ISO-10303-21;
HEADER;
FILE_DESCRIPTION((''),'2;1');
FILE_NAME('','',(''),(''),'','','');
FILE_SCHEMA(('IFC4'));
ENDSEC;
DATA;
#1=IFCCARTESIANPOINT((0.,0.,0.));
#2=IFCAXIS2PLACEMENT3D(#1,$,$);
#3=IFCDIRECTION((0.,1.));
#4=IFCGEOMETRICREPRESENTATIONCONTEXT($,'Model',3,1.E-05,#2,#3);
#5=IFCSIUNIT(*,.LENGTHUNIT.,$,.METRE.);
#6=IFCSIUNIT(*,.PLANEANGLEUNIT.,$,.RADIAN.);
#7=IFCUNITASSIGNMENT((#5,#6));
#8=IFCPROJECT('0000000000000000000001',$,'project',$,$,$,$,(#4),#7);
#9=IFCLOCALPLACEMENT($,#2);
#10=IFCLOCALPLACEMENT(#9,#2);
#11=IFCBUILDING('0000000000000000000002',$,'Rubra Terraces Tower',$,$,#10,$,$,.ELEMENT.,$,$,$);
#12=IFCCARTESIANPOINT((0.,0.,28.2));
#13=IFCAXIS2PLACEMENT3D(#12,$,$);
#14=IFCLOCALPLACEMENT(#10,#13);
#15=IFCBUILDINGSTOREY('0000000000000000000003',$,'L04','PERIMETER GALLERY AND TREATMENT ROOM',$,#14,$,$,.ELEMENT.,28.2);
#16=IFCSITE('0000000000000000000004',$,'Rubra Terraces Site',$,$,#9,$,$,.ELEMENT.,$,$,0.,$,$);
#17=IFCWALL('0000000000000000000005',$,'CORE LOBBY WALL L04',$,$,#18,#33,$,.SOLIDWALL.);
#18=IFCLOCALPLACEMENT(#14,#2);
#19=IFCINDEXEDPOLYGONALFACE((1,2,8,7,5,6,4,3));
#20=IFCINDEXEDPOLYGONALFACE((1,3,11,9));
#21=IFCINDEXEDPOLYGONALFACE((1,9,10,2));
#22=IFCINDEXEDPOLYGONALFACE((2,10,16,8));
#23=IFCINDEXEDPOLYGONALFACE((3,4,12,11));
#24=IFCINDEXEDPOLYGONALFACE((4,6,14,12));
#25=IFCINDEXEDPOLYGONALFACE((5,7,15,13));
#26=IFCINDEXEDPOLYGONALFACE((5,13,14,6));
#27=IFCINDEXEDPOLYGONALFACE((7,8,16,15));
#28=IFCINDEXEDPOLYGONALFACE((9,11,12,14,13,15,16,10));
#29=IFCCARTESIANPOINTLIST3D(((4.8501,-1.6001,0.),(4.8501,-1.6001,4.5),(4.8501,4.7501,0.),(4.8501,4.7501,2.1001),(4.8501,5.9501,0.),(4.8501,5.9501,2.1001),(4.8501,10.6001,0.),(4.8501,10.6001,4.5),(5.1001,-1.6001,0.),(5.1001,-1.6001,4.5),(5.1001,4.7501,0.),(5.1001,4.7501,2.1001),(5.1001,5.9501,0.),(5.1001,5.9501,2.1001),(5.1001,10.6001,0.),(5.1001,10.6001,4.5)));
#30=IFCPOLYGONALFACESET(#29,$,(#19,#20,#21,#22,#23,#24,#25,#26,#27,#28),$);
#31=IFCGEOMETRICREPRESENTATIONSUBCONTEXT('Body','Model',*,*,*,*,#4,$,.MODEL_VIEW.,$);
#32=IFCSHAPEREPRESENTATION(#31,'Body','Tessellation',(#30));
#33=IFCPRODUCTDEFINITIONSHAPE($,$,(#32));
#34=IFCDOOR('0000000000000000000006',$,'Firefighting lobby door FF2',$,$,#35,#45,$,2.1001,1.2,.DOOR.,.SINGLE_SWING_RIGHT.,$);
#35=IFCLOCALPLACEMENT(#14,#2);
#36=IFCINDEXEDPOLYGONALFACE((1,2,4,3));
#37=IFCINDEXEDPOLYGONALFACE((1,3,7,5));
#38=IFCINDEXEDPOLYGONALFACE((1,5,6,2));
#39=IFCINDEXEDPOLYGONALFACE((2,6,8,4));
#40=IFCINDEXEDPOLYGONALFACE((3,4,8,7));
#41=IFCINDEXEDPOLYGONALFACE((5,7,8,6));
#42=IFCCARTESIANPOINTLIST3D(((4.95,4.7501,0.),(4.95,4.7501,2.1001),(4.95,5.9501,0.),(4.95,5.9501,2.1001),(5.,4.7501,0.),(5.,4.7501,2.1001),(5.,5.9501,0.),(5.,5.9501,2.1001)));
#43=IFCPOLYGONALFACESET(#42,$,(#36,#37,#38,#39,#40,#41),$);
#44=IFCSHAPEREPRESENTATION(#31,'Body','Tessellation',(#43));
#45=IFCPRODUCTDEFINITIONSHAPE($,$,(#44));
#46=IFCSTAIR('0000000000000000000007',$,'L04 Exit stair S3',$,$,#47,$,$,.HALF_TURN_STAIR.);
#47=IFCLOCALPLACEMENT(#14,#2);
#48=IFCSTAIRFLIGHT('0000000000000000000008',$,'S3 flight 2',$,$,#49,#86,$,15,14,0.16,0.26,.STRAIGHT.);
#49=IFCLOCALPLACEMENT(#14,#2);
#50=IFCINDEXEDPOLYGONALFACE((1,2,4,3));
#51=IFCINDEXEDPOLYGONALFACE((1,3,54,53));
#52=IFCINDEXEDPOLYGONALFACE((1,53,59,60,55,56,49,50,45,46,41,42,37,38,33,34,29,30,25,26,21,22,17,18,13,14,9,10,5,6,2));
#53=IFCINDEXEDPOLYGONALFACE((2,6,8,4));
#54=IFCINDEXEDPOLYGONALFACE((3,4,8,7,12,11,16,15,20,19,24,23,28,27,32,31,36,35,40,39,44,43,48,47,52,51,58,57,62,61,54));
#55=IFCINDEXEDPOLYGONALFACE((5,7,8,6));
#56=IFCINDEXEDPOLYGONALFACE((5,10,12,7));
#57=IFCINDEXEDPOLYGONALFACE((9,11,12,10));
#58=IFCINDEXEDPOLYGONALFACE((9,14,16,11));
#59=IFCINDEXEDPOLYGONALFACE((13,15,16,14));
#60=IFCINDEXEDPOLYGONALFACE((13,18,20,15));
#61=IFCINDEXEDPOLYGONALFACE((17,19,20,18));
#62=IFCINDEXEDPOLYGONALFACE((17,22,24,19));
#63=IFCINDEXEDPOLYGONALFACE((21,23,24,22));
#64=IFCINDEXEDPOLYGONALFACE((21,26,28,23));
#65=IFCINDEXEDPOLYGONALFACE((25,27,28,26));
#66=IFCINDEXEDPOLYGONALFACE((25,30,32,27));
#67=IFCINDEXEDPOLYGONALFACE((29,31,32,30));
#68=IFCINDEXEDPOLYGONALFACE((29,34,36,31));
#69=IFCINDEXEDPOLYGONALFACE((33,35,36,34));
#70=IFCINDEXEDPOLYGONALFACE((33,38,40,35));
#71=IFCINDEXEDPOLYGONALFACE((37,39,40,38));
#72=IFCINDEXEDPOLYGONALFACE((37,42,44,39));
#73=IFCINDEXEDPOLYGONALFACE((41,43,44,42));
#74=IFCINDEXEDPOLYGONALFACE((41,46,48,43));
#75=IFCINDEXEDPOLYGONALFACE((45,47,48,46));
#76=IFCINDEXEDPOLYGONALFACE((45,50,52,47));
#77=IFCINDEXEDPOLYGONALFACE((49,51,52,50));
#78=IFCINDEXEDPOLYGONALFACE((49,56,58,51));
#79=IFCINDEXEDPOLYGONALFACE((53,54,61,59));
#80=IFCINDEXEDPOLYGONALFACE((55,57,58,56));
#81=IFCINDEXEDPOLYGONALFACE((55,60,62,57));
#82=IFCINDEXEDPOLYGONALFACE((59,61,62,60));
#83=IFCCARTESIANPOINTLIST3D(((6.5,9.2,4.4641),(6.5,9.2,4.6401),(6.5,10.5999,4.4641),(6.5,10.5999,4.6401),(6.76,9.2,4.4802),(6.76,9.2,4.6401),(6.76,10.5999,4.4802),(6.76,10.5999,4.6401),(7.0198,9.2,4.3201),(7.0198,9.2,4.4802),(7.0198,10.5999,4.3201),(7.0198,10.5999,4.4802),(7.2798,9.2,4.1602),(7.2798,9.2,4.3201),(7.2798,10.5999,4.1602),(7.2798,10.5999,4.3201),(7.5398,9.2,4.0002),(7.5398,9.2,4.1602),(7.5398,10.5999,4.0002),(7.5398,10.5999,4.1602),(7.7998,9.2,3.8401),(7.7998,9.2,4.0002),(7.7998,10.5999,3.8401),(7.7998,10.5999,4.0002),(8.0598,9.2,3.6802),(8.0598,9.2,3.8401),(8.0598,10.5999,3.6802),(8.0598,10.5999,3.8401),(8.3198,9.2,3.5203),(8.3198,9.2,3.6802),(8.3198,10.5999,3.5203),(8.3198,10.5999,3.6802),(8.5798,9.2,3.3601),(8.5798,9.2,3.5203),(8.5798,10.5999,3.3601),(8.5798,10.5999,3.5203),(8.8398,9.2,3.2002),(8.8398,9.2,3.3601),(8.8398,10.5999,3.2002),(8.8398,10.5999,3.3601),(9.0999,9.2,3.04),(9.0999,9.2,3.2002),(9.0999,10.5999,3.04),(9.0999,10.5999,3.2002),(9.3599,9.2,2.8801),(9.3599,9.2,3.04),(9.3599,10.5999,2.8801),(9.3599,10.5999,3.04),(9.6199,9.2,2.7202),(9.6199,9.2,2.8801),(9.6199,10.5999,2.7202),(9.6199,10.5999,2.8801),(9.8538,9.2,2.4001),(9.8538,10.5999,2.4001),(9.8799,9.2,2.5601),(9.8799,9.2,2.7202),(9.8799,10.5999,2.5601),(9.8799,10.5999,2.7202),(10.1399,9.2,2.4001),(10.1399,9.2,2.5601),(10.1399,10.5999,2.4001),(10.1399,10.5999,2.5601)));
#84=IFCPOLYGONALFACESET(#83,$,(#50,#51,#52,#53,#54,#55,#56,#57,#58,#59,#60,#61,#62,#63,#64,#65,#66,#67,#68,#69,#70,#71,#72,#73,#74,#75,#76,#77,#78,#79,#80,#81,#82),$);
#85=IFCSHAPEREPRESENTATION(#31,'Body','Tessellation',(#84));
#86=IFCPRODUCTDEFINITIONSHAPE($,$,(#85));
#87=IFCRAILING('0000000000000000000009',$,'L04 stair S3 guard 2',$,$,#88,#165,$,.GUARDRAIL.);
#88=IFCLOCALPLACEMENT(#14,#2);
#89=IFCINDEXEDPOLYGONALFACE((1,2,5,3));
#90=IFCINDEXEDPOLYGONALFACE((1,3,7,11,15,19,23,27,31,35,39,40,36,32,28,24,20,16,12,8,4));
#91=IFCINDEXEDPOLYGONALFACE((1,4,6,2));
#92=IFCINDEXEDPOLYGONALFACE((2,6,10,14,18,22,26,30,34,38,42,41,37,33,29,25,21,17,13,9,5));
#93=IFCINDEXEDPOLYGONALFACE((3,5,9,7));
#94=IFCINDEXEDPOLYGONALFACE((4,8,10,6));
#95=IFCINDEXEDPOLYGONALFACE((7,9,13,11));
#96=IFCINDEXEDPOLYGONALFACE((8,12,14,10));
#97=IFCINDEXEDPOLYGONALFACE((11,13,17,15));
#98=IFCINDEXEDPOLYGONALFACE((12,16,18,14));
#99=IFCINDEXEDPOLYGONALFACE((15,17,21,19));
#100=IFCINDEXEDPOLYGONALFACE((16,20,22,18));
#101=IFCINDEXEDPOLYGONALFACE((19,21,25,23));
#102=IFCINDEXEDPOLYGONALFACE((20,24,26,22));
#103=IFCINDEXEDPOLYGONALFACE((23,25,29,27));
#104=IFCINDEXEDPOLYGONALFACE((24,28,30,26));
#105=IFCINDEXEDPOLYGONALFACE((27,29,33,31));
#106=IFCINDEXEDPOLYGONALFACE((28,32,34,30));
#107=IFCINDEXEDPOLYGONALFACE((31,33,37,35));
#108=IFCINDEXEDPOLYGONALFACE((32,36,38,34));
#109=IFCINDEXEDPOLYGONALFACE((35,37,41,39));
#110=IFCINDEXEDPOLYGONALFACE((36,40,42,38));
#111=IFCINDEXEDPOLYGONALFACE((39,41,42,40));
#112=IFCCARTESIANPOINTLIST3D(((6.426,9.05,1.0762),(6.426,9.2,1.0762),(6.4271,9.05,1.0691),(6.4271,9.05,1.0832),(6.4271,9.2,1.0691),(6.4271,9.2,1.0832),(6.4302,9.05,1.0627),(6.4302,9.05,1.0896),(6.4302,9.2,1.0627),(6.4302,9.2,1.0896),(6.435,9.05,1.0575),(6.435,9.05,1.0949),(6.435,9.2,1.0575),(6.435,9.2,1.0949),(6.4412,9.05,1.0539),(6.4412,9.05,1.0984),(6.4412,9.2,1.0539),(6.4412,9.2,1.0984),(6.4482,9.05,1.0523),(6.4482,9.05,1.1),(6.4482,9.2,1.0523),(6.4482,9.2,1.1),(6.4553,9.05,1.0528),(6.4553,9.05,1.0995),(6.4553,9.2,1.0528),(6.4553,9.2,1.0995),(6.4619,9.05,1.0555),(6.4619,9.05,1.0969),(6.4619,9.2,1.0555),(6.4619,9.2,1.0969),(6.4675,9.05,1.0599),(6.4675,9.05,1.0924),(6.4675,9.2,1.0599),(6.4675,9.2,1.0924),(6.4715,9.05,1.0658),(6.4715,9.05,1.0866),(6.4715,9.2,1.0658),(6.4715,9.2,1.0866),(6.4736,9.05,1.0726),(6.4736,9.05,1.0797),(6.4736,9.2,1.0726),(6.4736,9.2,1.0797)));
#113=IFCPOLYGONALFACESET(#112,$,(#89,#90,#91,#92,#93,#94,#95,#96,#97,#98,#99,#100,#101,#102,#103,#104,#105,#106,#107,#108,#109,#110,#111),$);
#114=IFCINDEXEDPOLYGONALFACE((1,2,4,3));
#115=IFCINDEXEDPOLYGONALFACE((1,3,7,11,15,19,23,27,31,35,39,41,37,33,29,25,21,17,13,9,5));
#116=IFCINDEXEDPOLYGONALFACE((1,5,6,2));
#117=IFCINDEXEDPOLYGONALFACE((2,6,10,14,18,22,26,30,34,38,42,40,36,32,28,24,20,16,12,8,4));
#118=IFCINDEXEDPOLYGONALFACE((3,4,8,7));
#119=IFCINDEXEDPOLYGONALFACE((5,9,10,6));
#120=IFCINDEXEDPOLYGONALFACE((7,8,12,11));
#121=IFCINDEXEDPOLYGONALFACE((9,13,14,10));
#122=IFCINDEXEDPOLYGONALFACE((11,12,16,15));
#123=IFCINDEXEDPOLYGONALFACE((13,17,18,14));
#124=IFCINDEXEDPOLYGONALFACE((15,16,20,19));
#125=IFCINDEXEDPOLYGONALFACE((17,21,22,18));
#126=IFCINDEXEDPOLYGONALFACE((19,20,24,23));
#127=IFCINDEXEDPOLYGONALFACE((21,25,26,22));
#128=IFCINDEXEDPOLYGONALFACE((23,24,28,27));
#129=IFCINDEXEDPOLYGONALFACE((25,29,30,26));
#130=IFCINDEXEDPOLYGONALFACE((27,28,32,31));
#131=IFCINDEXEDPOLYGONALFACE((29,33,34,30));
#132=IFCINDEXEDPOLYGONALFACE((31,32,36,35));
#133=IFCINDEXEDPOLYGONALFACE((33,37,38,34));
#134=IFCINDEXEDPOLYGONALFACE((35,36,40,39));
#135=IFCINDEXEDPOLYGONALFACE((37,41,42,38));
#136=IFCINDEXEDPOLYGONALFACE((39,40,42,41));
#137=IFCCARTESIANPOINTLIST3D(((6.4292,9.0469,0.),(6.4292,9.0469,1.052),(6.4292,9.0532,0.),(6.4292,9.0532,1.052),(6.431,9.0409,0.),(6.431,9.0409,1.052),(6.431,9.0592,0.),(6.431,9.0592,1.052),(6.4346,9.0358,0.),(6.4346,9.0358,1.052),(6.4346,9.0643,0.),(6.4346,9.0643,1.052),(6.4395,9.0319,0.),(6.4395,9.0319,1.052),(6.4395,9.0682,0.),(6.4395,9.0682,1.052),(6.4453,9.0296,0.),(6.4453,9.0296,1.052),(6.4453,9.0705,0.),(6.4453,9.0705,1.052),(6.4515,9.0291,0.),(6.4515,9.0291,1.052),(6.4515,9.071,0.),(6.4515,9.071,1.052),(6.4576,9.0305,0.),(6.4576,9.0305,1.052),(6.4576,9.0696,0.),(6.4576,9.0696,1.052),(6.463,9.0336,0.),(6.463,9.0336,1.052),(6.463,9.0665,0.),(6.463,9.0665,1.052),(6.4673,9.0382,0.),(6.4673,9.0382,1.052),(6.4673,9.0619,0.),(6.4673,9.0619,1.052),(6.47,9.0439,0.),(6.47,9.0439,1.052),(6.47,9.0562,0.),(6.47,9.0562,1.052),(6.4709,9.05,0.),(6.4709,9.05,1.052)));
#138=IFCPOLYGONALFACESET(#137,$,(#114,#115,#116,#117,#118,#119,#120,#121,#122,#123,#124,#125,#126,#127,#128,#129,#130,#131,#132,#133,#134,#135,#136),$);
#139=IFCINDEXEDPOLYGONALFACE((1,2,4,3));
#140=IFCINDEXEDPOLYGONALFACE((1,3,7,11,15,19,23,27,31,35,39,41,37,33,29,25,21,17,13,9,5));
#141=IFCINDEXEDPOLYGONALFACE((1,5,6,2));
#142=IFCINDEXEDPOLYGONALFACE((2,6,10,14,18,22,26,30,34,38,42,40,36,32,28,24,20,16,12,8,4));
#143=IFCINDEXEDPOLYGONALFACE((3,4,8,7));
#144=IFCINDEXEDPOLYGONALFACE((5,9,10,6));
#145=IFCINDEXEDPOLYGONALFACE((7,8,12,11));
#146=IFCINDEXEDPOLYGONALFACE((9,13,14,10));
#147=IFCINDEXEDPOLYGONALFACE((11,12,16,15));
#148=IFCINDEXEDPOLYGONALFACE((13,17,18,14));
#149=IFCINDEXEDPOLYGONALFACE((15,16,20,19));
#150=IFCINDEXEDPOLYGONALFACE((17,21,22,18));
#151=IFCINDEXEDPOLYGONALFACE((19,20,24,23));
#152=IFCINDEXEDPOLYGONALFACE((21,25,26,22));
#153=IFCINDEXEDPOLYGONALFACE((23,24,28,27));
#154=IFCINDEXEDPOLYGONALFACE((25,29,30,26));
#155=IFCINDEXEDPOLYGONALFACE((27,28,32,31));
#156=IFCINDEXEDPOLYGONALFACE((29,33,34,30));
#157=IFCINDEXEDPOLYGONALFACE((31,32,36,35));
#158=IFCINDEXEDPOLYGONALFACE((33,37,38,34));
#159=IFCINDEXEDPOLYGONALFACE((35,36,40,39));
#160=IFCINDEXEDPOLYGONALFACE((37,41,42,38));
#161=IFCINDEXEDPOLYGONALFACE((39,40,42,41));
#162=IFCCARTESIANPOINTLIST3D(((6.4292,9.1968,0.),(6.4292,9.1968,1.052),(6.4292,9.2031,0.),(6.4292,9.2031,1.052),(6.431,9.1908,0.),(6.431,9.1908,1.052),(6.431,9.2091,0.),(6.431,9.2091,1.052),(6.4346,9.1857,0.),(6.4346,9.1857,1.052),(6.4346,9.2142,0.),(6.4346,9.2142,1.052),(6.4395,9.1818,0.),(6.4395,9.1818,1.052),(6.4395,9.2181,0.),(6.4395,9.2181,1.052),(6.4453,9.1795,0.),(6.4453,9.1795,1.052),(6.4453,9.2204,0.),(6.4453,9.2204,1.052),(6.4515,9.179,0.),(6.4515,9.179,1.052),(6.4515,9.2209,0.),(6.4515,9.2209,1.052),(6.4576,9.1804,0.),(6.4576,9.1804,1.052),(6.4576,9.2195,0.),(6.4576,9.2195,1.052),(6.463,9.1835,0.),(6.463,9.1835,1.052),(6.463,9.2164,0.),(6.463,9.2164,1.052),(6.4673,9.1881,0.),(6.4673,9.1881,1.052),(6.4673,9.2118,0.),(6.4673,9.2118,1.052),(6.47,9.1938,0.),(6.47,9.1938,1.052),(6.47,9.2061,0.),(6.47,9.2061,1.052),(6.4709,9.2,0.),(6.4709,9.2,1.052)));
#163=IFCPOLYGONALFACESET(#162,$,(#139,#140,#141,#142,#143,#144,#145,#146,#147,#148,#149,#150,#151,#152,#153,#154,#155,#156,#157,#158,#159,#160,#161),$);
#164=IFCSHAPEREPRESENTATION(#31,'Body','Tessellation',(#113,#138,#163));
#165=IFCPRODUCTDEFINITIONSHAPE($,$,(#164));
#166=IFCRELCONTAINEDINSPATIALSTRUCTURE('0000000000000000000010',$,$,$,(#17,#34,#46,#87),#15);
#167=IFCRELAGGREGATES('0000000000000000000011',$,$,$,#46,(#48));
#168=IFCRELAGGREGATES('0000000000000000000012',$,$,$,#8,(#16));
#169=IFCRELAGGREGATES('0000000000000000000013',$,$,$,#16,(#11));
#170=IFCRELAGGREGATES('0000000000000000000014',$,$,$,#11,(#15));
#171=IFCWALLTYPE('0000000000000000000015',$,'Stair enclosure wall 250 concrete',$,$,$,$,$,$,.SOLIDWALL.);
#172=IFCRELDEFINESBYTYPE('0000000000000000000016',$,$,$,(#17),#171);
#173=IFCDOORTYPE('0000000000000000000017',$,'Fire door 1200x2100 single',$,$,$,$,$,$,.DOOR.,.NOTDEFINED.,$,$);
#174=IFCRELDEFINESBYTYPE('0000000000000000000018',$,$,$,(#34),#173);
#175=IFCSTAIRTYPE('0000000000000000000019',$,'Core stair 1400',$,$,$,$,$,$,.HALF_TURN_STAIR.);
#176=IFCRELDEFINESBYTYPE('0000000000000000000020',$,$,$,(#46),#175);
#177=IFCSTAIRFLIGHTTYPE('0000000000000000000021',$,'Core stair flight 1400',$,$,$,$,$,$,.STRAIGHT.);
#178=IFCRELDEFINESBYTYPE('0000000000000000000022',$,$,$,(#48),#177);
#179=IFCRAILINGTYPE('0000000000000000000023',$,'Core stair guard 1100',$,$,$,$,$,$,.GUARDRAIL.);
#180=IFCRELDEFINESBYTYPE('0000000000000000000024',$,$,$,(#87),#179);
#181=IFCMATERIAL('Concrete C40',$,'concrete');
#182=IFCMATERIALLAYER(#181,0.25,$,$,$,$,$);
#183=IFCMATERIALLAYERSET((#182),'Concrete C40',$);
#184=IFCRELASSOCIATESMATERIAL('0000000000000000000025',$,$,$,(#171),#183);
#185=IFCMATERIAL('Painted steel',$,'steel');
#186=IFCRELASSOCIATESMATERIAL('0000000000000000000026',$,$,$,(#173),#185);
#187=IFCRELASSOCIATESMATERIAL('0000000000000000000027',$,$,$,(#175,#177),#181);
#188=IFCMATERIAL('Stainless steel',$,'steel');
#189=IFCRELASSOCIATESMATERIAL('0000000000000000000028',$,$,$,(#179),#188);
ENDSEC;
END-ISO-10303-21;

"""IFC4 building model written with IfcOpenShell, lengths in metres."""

from ifc_helpers import new_model, si_unit, direction, frame, frame_2d, origin, origin_2d, place, context, subcontext, project, spatial, polyline, rectangle, circle, outline, extrude, material, layer, layer_set, type_object, element, fill, aggregate, save


model = new_model("IFC4")

# Units and contexts
model_context = context("Model", 3, precision=1e-05, world=origin(), true_north=direction((0.0, 1.0)))
body_context = subcontext(model_context, "Body", "Model", "MODEL_VIEW")
ifc_project = project(units=[si_unit("LENGTHUNIT", "METRE"), si_unit("PLANEANGLEUNIT", "RADIAN")], contexts=[model_context])

# Site, building, storey
site_placement = place(None, origin())
site = spatial("IfcSite", under=ifc_project, at=site_placement, Name="Rubra Terraces Site", CompositionType="ELEMENT", RefElevation=0.0)
building_placement = place(site_placement, origin())
building = spatial("IfcBuilding", under=site, at=building_placement, Name="Rubra Terraces Tower", CompositionType="ELEMENT")
storey_placement = place(building_placement, frame((0.0, 0.0, 28.2)))
storey = spatial("IfcBuildingStorey", under=building, at=storey_placement, Name="L04", Description="PERIMETER GALLERY AND TREATMENT ROOM", CompositionType="ELEMENT", Elevation=28.2)

# Wall, opening, door
ifc_material_1 = material(Name="Concrete C40", Category="concrete")
ifc_layer_1 = layer(ifc_material_1, 0.25)
ifc_layer_set_1 = layer_set([ifc_layer_1], Name="Concrete C40")
wall_type_1 = type_object("IfcWallType", Name="Stair enclosure wall 250 concrete", PredefinedType="SOLIDWALL", material=ifc_layer_set_1)
wall_1_placement = place(storey_placement, frame((4.9751, 10.6001, 0.0), z_axis=(0.0, 0.0, 1.0), x_axis=(0.0, -1.0, 0.0)))
wall_1 = element("IfcWall", 1, at=wall_1_placement, inside=storey, type_object=wall_type_1, Name="CORE LOBBY WALL L04", PredefinedType="SOLIDWALL", context=body_context, shape_type="SweptSolid", body=[
    extrude(rectangle(XDim=12.2002, YDim=0.25, at=frame_2d((6.1001, 0.0))), origin(), (0.0, 0.0, 1.0), 4.5),
])
opening_1_placement = place(wall_1_placement, frame((4.6499, 0.0, 0.0)))
opening_1 = element("IfcOpeningElement", 2, at=opening_1_placement, cuts=wall_1, PredefinedType="OPENING", context=body_context, shape_type="SweptSolid", body=[
    extrude(rectangle(XDim=1.2, YDim=2.1001, at=frame_2d((0.6001, 1.05))), frame((0.0, 0.135, 0.0), z_axis=(0.0, -1.0, 0.0), x_axis=(1.0, 0.0, 0.0)), (0.0, 0.0, 1.0), 0.27),
])
ifc_material_2 = material(Name="Painted steel", Category="steel")
door_type_1 = type_object("IfcDoorType", Name="Fire door 1200x2100 single", OperationType="NOTDEFINED", PredefinedType="DOOR", material=ifc_material_2)
door_1_placement = place(opening_1_placement, origin())
door_1 = element("IfcDoor", 3, at=door_1_placement, inside=storey, type_object=door_type_1, Name="Firefighting lobby door FF2", OperationType="SINGLE_SWING_RIGHT", OverallHeight=2.1001, OverallWidth=1.2, PredefinedType="DOOR", context=body_context, shape_type="SweptSolid", body=[
    extrude(rectangle(XDim=1.2, YDim=2.1001, at=frame_2d((0.6001, 1.05))), frame((0.0, 0.0249, 0.0), z_axis=(0.0, -1.0, 0.0), x_axis=(1.0, 0.0, 0.0)), (0.0, 0.0, 1.0), 0.05),
])
fill(opening_1, door_1)

# Stair, stair flight
stair_type = type_object("IfcStairType", Name="Core stair 1400", PredefinedType="HALF_TURN_STAIR", material=ifc_material_1)
stair_placement = place(storey_placement, origin())
stair = element("IfcStair", 4, at=stair_placement, inside=storey, type_object=stair_type, Name="L04 Exit stair S3", PredefinedType="HALF_TURN_STAIR")
stair_flight_type = type_object("IfcStairFlightType", Name="Core stair flight 1400", PredefinedType="STRAIGHT", material=ifc_material_1)
stair_flight_placement = place(storey_placement, frame((10.1399, 9.8999, 2.4001), z_axis=(0.0, 0.0, 1.0), x_axis=(-1.0, 0.0, 0.0)))
stair_flight = element("IfcStairFlight", 5, at=stair_flight_placement, type_object=stair_flight_type, Name="S3 flight 2", NumberOfRisers=15, NumberOfTreads=14, PredefinedType="STRAIGHT", RiserHeight=0.16, TreadLength=0.26, context=body_context, shape_type="SweptSolid", body=[
    extrude(outline(polyline([(0.0, 0.0), (0.0, 0.1599), (0.26, 0.1599), (0.26, 0.3201), (0.52, 0.3201), (0.52, 0.48), (0.78, 0.48), (0.78, 0.6399), (1.04, 0.6399), (1.04, 0.8), (1.3, 0.8), (1.3, 0.96), (1.5601, 0.96), (1.5601, 1.1201), (1.8201, 1.1201), (1.8201, 1.28), (2.0801, 1.28), (2.0801, 1.4399), (2.3401, 1.4399), (2.3401, 1.6001), (2.6001, 1.6001), (2.6001, 1.76), (2.8601, 1.76), (2.8601, 1.9199), (3.1201, 1.9199), (3.1201, 2.0801), (3.3799, 2.0801), (3.3799, 2.24), (3.6399, 2.24), (3.6399, 2.3999), (3.6399, 2.064), (0.2861, 0.0), (0.0, 0.0)])), frame((0.0, 0.7, 0.0), z_axis=(0.0, -1.0, 0.0), x_axis=(1.0, 0.0, 0.0)), (0.0, 0.0, 1.0), 1.3999),
])
aggregate(stair, [stair_flight])

# Railing
ifc_material_3 = material(Name="Stainless steel", Category="steel")
railing_type = type_object("IfcRailingType", Name="Core stair guard 1100", PredefinedType="GUARDRAIL", material=ifc_material_3)
railing_1_placement = place(storey_placement, frame((6.45, 9.05, 0.0)))
element("IfcRailing", 6, at=railing_1_placement, inside=storey, type_object=railing_type, Name="L04 stair S3 guard 2", PredefinedType="GUARDRAIL", context=body_context, shape_type="SweptSolid", body=[
    extrude(circle(Radius=0.0239, at=origin_2d()), frame((0.0, 0.0, 1.0762), z_axis=(0.0, 1.0, 0.0), x_axis=(-1.0, 0.0, 0.0)), (0.0, 0.0, 1.0), 0.1499),
    extrude(circle(Radius=0.021, at=origin_2d()), origin(), (0.0, 0.0, 1.0), 1.052),
    extrude(circle(Radius=0.021, at=origin_2d()), frame((0.0, 0.1499, 0.0)), (0.0, 0.0, 1.0), 1.052),
])

save(model, "model.ifc")
